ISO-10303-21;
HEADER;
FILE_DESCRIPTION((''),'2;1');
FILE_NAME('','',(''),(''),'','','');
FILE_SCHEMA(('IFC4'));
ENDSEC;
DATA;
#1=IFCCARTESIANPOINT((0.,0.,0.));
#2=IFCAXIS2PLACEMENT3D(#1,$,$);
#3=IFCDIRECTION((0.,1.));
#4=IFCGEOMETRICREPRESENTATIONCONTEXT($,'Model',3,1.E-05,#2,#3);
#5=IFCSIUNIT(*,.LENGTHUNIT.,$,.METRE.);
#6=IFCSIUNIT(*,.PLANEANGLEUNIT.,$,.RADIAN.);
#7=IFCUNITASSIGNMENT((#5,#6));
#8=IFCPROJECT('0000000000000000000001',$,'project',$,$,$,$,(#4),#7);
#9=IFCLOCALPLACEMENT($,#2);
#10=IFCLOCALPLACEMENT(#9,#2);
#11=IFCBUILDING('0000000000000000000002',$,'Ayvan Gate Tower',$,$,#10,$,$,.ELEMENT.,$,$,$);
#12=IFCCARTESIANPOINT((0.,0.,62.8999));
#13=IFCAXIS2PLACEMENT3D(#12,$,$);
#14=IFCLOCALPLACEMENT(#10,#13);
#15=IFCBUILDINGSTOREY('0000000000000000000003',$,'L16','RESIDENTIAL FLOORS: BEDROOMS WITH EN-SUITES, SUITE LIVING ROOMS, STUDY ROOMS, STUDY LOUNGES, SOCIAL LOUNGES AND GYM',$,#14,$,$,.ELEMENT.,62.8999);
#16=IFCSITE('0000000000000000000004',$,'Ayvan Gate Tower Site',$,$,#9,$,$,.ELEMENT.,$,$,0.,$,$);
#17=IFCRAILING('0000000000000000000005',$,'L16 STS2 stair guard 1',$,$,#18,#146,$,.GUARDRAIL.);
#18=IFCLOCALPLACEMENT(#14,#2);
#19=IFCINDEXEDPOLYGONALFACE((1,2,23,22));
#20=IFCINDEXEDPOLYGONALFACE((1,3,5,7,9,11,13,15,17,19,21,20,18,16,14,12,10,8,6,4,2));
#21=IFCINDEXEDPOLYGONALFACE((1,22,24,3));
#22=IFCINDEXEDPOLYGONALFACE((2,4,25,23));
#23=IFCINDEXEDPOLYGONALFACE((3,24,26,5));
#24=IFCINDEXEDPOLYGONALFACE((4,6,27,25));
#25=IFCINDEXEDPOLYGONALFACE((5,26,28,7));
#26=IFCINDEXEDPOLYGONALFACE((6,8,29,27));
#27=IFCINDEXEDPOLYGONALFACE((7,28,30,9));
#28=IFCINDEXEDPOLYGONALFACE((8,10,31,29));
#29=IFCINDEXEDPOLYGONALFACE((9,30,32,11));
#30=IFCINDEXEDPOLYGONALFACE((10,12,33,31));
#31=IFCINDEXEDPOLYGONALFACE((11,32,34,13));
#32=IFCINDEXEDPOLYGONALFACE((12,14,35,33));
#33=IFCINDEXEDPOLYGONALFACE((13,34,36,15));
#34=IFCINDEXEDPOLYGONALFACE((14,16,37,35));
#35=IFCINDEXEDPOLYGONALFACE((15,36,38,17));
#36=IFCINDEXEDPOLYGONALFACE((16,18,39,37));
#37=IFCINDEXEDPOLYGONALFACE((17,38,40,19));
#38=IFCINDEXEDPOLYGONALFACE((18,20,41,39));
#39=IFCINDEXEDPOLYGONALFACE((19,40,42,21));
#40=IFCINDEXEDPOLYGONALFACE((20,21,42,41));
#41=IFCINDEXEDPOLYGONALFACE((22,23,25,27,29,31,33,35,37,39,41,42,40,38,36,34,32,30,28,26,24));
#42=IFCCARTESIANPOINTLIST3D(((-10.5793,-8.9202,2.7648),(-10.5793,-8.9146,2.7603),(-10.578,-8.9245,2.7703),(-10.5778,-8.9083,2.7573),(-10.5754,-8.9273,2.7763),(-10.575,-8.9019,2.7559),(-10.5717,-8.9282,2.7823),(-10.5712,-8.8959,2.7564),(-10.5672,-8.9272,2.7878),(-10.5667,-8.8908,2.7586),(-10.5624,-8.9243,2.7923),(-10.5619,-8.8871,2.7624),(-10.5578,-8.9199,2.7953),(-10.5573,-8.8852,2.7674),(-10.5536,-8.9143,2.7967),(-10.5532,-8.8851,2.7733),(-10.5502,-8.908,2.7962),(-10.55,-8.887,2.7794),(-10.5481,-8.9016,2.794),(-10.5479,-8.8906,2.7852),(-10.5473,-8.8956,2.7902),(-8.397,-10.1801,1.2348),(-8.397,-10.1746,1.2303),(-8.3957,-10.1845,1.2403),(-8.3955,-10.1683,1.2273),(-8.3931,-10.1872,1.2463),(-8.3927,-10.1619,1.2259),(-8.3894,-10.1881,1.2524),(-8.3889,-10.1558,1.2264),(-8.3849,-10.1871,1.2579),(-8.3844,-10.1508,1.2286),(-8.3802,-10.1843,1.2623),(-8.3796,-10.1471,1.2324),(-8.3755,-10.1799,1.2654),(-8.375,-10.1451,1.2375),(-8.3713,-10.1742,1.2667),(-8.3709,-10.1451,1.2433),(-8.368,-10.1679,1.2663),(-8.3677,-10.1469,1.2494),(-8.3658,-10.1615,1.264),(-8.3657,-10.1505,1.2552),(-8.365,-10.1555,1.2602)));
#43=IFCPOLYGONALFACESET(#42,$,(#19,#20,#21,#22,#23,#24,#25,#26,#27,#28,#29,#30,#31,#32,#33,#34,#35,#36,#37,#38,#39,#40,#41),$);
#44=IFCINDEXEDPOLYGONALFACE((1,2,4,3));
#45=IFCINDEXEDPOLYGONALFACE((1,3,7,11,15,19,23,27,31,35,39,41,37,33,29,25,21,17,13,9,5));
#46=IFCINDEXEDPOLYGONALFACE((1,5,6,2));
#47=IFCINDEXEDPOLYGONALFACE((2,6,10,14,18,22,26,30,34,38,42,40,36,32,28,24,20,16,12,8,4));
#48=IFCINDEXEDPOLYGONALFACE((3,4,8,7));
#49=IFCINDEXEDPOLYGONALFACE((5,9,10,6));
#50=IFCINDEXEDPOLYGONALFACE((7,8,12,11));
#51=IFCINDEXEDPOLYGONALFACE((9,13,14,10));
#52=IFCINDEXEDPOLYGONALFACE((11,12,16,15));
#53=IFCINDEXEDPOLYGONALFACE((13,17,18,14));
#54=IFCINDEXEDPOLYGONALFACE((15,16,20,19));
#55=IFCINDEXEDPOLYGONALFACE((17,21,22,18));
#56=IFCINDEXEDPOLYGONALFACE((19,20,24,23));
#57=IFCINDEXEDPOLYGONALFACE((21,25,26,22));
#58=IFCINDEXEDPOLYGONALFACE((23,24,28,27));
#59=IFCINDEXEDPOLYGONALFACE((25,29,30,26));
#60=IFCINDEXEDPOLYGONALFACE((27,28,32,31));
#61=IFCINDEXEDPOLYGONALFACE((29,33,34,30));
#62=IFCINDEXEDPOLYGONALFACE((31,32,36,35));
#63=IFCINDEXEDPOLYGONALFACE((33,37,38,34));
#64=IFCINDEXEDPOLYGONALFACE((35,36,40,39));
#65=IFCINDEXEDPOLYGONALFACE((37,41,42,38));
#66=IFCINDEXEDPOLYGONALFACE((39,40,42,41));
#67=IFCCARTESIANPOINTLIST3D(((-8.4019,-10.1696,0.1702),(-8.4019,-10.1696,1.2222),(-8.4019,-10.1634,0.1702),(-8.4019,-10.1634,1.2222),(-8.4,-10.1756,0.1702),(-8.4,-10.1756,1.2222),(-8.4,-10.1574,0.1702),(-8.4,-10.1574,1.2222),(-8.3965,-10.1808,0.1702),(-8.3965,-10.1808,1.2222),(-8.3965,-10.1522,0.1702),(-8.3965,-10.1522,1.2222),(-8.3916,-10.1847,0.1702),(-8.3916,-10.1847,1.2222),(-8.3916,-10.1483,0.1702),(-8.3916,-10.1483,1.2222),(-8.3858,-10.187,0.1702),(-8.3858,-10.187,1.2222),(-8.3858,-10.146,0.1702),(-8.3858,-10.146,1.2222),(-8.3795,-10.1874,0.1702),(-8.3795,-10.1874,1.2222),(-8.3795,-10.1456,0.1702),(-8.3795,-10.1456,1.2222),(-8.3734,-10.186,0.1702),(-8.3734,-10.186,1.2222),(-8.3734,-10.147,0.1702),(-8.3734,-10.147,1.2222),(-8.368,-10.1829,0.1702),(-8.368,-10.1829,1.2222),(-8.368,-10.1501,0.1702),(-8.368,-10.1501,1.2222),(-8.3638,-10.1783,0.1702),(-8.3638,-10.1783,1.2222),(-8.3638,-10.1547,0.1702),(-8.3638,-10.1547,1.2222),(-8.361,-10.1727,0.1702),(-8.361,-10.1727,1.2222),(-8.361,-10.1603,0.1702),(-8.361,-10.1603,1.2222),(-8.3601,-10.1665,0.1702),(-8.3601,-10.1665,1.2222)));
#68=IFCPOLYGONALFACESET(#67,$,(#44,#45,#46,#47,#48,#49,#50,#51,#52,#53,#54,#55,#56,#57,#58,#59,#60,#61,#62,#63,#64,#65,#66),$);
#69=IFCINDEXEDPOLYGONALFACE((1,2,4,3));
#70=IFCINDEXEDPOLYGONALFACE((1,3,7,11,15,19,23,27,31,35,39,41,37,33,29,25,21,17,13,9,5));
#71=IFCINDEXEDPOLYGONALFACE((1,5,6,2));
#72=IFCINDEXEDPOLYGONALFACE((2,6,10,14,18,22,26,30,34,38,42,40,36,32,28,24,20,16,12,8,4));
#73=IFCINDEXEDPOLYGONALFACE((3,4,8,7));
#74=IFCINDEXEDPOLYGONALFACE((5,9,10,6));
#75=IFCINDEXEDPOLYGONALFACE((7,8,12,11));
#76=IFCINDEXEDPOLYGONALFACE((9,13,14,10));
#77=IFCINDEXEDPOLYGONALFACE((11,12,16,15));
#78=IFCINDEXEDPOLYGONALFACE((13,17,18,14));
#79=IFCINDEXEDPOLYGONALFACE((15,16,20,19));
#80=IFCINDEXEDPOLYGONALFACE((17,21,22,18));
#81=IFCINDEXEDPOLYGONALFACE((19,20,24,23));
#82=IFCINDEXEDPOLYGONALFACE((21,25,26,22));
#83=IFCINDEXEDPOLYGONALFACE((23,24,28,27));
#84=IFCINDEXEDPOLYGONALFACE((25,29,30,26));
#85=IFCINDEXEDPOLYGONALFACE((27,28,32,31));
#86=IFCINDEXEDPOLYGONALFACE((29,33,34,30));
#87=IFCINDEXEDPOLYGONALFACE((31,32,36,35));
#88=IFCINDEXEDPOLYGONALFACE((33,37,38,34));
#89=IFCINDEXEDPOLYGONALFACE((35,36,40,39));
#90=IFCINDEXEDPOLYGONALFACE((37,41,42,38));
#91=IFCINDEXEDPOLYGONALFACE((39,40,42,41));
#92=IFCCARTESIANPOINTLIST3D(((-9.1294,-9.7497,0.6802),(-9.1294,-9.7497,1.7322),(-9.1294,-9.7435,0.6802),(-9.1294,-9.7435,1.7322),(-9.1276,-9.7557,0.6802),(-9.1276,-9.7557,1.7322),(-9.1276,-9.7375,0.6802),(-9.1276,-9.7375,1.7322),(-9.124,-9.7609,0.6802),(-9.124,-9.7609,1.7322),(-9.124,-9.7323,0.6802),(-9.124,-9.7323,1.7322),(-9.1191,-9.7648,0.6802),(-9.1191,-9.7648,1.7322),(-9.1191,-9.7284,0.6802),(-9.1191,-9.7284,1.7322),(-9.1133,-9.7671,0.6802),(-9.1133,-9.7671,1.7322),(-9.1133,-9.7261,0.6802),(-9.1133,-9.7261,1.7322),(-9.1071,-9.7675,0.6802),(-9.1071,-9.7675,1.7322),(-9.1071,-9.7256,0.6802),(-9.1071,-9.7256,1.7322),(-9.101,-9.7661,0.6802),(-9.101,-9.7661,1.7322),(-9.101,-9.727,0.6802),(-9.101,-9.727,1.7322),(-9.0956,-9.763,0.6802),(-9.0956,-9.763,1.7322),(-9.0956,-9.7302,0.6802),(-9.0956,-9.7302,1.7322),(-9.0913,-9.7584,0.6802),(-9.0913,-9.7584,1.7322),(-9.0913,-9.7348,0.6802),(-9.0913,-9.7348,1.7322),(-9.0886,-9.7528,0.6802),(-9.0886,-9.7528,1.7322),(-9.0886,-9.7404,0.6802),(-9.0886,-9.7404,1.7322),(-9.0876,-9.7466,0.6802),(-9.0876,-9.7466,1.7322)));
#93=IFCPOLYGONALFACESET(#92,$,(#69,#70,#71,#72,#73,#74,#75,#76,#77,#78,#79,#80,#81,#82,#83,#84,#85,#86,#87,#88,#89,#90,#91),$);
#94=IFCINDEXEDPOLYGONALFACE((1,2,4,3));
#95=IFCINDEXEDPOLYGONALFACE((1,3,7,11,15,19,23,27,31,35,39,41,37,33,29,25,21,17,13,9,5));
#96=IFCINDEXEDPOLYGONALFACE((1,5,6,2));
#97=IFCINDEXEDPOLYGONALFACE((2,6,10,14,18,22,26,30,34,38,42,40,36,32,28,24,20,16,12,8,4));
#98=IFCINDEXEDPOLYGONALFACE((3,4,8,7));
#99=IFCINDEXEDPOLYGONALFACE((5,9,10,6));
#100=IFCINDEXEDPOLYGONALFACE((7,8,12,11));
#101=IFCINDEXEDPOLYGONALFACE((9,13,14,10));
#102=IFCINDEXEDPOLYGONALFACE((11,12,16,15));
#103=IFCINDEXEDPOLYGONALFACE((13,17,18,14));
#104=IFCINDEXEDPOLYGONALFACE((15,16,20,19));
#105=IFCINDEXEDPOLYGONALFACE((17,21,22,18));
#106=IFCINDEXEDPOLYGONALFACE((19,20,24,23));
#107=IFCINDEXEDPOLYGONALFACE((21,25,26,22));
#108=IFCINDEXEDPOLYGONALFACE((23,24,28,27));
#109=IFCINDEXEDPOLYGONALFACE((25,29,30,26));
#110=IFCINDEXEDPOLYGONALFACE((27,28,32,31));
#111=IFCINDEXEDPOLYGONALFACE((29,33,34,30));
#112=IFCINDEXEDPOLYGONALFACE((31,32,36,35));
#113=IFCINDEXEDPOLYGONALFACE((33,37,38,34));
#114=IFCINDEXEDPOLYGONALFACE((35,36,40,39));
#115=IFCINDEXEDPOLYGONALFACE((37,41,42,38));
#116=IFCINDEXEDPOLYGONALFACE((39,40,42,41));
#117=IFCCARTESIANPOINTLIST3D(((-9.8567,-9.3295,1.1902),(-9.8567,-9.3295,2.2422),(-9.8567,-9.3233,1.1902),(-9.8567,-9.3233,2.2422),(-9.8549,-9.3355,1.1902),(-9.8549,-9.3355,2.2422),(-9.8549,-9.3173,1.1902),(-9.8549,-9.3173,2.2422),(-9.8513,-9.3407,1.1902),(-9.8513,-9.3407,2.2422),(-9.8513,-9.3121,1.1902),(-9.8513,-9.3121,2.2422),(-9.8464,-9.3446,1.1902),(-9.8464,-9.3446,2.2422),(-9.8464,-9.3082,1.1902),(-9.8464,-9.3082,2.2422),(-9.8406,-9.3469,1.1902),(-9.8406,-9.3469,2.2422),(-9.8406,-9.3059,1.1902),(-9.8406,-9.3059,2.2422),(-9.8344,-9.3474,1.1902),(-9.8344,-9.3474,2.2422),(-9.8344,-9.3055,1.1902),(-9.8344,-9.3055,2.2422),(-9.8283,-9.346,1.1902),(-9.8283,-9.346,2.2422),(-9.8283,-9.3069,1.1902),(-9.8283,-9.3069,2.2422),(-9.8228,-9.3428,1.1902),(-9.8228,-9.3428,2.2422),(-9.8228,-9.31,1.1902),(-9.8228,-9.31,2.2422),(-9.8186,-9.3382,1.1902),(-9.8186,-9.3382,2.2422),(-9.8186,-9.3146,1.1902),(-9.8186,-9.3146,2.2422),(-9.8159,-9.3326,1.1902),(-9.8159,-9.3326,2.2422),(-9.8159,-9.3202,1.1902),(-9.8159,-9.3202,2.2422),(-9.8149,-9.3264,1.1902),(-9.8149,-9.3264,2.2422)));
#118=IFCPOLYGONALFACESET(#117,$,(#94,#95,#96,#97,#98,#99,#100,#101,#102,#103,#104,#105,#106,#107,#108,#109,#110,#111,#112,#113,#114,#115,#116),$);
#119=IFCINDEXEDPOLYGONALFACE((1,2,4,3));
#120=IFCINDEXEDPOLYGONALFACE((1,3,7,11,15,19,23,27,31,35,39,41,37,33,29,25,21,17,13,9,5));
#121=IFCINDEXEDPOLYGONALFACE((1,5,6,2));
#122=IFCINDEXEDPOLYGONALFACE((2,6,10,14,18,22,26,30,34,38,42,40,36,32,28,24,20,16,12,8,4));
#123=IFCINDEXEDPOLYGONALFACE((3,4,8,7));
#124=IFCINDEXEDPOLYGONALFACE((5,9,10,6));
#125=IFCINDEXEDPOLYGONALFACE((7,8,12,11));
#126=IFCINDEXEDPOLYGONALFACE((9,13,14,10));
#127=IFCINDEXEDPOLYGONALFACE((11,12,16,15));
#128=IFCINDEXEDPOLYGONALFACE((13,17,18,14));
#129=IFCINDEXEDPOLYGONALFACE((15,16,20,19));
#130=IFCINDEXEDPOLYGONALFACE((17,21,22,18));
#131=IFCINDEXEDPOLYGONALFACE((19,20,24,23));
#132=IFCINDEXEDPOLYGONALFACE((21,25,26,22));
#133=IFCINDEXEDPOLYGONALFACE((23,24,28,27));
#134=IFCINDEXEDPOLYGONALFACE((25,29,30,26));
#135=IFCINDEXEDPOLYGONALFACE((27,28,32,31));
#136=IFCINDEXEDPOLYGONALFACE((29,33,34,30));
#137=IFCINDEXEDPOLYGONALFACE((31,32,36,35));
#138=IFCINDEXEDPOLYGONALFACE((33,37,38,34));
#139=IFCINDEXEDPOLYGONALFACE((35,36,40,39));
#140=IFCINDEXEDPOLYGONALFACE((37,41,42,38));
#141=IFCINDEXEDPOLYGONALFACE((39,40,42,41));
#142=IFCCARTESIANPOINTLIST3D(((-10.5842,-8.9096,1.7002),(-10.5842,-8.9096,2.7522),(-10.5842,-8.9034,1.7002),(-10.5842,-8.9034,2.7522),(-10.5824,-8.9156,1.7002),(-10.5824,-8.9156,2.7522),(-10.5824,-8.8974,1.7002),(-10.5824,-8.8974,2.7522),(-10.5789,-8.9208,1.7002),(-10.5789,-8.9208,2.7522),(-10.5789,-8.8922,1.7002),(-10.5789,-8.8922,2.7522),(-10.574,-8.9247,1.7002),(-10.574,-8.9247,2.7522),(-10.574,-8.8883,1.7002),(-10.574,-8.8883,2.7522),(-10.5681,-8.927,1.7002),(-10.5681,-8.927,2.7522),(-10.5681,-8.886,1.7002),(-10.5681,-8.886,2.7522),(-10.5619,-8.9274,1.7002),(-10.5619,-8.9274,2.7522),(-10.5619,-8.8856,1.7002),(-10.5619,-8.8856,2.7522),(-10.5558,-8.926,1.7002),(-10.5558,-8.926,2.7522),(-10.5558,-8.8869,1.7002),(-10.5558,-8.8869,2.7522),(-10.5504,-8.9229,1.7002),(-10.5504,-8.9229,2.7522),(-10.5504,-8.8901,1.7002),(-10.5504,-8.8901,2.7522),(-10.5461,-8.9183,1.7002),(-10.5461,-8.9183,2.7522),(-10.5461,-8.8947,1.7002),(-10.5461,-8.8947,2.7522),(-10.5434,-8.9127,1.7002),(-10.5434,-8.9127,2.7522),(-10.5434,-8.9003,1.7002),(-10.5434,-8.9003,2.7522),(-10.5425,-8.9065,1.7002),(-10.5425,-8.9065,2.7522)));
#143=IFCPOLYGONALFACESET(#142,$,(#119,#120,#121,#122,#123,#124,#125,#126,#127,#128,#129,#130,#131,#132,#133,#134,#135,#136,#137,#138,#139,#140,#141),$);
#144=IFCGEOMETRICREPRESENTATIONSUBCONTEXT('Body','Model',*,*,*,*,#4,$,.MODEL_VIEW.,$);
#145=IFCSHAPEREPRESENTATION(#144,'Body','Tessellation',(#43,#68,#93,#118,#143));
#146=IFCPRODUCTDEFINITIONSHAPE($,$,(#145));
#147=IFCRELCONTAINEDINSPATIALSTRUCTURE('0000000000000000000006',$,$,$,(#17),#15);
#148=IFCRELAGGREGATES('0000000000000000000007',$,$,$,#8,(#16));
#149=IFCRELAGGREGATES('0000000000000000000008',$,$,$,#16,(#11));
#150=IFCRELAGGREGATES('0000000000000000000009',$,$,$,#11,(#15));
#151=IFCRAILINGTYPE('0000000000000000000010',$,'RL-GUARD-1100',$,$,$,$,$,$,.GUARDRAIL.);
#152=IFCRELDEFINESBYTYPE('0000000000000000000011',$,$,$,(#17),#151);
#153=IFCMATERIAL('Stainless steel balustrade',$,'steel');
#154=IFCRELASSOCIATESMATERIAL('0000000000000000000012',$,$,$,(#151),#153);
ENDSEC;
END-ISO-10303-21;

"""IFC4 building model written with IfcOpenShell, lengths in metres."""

from ifc_helpers import new_model, si_unit, direction, frame, origin, origin_2d, place, context, subcontext, project, spatial, circle, extrude, material, type_object, element, save


model = new_model("IFC4")

# Units and contexts
model_context = context("Model", 3, precision=1e-05, world=origin(), true_north=direction((0.0, 1.0)))
body_context = subcontext(model_context, "Body", "Model", "MODEL_VIEW")
ifc_project = project(units=[si_unit("LENGTHUNIT", "METRE"), si_unit("PLANEANGLEUNIT", "RADIAN")], contexts=[model_context])

# Site, building, storey
site_placement = place(None, origin())
site = spatial("IfcSite", under=ifc_project, at=site_placement, Name="Ayvan Gate Tower Site", CompositionType="ELEMENT", RefElevation=0.0)
building_placement = place(site_placement, origin())
building = spatial("IfcBuilding", under=site, at=building_placement, Name="Ayvan Gate Tower", CompositionType="ELEMENT")
storey_placement = place(building_placement, frame((0.0, 0.0, 62.8999)))
storey = spatial("IfcBuildingStorey", under=building, at=storey_placement, Name="L16", Description="RESIDENTIAL FLOORS: BEDROOMS WITH EN-SUITES, SUITE LIVING ROOMS, STUDY ROOMS, STUDY LOUNGES, SOCIAL LOUNGES AND GYM", CompositionType="ELEMENT", Elevation=62.8999)

# Railing
ifc_material_1 = material(Name="Stainless steel balustrade", Category="steel")
railing_type_1 = type_object("IfcRailingType", Name="RL-GUARD-1100", PredefinedType="GUARDRAIL", material=ifc_material_1)
railing_1_placement = place(storey_placement, frame((-8.3811, -10.1665, 0.1702)))
element("IfcRailing", 1, at=railing_1_placement, inside=storey, type_object=railing_type_1, Name="L16 STS2 stair guard 1", PredefinedType="GUARDRAIL", context=body_context, shape_type="SweptSolid", body=[
    extrude(circle(Radius=0.0239, at=origin_2d()), frame((0.0, 0.0, 1.0762), z_axis=(-0.740261, 0.427395, 0.518986), x_axis=(-0.500005, -0.866023, 0.0)), (0.0, 0.0, 1.0), 2.948),
    extrude(circle(Radius=0.021, at=origin_2d()), origin(), (0.0, 0.0, 1.0), 1.052),
    extrude(circle(Radius=0.021, at=origin_2d()), frame((-0.7275, 0.4199, 0.51)), (0.0, 0.0, 1.0), 1.052),
    extrude(circle(Radius=0.021, at=origin_2d()), frame((-1.4548, 0.8401, 1.02)), (0.0, 0.0, 1.0), 1.052),
    extrude(circle(Radius=0.021, at=origin_2d()), frame((-2.1824, 1.26, 1.53)), (0.0, 0.0, 1.0), 1.052),
])

save(model, "model.ifc")
